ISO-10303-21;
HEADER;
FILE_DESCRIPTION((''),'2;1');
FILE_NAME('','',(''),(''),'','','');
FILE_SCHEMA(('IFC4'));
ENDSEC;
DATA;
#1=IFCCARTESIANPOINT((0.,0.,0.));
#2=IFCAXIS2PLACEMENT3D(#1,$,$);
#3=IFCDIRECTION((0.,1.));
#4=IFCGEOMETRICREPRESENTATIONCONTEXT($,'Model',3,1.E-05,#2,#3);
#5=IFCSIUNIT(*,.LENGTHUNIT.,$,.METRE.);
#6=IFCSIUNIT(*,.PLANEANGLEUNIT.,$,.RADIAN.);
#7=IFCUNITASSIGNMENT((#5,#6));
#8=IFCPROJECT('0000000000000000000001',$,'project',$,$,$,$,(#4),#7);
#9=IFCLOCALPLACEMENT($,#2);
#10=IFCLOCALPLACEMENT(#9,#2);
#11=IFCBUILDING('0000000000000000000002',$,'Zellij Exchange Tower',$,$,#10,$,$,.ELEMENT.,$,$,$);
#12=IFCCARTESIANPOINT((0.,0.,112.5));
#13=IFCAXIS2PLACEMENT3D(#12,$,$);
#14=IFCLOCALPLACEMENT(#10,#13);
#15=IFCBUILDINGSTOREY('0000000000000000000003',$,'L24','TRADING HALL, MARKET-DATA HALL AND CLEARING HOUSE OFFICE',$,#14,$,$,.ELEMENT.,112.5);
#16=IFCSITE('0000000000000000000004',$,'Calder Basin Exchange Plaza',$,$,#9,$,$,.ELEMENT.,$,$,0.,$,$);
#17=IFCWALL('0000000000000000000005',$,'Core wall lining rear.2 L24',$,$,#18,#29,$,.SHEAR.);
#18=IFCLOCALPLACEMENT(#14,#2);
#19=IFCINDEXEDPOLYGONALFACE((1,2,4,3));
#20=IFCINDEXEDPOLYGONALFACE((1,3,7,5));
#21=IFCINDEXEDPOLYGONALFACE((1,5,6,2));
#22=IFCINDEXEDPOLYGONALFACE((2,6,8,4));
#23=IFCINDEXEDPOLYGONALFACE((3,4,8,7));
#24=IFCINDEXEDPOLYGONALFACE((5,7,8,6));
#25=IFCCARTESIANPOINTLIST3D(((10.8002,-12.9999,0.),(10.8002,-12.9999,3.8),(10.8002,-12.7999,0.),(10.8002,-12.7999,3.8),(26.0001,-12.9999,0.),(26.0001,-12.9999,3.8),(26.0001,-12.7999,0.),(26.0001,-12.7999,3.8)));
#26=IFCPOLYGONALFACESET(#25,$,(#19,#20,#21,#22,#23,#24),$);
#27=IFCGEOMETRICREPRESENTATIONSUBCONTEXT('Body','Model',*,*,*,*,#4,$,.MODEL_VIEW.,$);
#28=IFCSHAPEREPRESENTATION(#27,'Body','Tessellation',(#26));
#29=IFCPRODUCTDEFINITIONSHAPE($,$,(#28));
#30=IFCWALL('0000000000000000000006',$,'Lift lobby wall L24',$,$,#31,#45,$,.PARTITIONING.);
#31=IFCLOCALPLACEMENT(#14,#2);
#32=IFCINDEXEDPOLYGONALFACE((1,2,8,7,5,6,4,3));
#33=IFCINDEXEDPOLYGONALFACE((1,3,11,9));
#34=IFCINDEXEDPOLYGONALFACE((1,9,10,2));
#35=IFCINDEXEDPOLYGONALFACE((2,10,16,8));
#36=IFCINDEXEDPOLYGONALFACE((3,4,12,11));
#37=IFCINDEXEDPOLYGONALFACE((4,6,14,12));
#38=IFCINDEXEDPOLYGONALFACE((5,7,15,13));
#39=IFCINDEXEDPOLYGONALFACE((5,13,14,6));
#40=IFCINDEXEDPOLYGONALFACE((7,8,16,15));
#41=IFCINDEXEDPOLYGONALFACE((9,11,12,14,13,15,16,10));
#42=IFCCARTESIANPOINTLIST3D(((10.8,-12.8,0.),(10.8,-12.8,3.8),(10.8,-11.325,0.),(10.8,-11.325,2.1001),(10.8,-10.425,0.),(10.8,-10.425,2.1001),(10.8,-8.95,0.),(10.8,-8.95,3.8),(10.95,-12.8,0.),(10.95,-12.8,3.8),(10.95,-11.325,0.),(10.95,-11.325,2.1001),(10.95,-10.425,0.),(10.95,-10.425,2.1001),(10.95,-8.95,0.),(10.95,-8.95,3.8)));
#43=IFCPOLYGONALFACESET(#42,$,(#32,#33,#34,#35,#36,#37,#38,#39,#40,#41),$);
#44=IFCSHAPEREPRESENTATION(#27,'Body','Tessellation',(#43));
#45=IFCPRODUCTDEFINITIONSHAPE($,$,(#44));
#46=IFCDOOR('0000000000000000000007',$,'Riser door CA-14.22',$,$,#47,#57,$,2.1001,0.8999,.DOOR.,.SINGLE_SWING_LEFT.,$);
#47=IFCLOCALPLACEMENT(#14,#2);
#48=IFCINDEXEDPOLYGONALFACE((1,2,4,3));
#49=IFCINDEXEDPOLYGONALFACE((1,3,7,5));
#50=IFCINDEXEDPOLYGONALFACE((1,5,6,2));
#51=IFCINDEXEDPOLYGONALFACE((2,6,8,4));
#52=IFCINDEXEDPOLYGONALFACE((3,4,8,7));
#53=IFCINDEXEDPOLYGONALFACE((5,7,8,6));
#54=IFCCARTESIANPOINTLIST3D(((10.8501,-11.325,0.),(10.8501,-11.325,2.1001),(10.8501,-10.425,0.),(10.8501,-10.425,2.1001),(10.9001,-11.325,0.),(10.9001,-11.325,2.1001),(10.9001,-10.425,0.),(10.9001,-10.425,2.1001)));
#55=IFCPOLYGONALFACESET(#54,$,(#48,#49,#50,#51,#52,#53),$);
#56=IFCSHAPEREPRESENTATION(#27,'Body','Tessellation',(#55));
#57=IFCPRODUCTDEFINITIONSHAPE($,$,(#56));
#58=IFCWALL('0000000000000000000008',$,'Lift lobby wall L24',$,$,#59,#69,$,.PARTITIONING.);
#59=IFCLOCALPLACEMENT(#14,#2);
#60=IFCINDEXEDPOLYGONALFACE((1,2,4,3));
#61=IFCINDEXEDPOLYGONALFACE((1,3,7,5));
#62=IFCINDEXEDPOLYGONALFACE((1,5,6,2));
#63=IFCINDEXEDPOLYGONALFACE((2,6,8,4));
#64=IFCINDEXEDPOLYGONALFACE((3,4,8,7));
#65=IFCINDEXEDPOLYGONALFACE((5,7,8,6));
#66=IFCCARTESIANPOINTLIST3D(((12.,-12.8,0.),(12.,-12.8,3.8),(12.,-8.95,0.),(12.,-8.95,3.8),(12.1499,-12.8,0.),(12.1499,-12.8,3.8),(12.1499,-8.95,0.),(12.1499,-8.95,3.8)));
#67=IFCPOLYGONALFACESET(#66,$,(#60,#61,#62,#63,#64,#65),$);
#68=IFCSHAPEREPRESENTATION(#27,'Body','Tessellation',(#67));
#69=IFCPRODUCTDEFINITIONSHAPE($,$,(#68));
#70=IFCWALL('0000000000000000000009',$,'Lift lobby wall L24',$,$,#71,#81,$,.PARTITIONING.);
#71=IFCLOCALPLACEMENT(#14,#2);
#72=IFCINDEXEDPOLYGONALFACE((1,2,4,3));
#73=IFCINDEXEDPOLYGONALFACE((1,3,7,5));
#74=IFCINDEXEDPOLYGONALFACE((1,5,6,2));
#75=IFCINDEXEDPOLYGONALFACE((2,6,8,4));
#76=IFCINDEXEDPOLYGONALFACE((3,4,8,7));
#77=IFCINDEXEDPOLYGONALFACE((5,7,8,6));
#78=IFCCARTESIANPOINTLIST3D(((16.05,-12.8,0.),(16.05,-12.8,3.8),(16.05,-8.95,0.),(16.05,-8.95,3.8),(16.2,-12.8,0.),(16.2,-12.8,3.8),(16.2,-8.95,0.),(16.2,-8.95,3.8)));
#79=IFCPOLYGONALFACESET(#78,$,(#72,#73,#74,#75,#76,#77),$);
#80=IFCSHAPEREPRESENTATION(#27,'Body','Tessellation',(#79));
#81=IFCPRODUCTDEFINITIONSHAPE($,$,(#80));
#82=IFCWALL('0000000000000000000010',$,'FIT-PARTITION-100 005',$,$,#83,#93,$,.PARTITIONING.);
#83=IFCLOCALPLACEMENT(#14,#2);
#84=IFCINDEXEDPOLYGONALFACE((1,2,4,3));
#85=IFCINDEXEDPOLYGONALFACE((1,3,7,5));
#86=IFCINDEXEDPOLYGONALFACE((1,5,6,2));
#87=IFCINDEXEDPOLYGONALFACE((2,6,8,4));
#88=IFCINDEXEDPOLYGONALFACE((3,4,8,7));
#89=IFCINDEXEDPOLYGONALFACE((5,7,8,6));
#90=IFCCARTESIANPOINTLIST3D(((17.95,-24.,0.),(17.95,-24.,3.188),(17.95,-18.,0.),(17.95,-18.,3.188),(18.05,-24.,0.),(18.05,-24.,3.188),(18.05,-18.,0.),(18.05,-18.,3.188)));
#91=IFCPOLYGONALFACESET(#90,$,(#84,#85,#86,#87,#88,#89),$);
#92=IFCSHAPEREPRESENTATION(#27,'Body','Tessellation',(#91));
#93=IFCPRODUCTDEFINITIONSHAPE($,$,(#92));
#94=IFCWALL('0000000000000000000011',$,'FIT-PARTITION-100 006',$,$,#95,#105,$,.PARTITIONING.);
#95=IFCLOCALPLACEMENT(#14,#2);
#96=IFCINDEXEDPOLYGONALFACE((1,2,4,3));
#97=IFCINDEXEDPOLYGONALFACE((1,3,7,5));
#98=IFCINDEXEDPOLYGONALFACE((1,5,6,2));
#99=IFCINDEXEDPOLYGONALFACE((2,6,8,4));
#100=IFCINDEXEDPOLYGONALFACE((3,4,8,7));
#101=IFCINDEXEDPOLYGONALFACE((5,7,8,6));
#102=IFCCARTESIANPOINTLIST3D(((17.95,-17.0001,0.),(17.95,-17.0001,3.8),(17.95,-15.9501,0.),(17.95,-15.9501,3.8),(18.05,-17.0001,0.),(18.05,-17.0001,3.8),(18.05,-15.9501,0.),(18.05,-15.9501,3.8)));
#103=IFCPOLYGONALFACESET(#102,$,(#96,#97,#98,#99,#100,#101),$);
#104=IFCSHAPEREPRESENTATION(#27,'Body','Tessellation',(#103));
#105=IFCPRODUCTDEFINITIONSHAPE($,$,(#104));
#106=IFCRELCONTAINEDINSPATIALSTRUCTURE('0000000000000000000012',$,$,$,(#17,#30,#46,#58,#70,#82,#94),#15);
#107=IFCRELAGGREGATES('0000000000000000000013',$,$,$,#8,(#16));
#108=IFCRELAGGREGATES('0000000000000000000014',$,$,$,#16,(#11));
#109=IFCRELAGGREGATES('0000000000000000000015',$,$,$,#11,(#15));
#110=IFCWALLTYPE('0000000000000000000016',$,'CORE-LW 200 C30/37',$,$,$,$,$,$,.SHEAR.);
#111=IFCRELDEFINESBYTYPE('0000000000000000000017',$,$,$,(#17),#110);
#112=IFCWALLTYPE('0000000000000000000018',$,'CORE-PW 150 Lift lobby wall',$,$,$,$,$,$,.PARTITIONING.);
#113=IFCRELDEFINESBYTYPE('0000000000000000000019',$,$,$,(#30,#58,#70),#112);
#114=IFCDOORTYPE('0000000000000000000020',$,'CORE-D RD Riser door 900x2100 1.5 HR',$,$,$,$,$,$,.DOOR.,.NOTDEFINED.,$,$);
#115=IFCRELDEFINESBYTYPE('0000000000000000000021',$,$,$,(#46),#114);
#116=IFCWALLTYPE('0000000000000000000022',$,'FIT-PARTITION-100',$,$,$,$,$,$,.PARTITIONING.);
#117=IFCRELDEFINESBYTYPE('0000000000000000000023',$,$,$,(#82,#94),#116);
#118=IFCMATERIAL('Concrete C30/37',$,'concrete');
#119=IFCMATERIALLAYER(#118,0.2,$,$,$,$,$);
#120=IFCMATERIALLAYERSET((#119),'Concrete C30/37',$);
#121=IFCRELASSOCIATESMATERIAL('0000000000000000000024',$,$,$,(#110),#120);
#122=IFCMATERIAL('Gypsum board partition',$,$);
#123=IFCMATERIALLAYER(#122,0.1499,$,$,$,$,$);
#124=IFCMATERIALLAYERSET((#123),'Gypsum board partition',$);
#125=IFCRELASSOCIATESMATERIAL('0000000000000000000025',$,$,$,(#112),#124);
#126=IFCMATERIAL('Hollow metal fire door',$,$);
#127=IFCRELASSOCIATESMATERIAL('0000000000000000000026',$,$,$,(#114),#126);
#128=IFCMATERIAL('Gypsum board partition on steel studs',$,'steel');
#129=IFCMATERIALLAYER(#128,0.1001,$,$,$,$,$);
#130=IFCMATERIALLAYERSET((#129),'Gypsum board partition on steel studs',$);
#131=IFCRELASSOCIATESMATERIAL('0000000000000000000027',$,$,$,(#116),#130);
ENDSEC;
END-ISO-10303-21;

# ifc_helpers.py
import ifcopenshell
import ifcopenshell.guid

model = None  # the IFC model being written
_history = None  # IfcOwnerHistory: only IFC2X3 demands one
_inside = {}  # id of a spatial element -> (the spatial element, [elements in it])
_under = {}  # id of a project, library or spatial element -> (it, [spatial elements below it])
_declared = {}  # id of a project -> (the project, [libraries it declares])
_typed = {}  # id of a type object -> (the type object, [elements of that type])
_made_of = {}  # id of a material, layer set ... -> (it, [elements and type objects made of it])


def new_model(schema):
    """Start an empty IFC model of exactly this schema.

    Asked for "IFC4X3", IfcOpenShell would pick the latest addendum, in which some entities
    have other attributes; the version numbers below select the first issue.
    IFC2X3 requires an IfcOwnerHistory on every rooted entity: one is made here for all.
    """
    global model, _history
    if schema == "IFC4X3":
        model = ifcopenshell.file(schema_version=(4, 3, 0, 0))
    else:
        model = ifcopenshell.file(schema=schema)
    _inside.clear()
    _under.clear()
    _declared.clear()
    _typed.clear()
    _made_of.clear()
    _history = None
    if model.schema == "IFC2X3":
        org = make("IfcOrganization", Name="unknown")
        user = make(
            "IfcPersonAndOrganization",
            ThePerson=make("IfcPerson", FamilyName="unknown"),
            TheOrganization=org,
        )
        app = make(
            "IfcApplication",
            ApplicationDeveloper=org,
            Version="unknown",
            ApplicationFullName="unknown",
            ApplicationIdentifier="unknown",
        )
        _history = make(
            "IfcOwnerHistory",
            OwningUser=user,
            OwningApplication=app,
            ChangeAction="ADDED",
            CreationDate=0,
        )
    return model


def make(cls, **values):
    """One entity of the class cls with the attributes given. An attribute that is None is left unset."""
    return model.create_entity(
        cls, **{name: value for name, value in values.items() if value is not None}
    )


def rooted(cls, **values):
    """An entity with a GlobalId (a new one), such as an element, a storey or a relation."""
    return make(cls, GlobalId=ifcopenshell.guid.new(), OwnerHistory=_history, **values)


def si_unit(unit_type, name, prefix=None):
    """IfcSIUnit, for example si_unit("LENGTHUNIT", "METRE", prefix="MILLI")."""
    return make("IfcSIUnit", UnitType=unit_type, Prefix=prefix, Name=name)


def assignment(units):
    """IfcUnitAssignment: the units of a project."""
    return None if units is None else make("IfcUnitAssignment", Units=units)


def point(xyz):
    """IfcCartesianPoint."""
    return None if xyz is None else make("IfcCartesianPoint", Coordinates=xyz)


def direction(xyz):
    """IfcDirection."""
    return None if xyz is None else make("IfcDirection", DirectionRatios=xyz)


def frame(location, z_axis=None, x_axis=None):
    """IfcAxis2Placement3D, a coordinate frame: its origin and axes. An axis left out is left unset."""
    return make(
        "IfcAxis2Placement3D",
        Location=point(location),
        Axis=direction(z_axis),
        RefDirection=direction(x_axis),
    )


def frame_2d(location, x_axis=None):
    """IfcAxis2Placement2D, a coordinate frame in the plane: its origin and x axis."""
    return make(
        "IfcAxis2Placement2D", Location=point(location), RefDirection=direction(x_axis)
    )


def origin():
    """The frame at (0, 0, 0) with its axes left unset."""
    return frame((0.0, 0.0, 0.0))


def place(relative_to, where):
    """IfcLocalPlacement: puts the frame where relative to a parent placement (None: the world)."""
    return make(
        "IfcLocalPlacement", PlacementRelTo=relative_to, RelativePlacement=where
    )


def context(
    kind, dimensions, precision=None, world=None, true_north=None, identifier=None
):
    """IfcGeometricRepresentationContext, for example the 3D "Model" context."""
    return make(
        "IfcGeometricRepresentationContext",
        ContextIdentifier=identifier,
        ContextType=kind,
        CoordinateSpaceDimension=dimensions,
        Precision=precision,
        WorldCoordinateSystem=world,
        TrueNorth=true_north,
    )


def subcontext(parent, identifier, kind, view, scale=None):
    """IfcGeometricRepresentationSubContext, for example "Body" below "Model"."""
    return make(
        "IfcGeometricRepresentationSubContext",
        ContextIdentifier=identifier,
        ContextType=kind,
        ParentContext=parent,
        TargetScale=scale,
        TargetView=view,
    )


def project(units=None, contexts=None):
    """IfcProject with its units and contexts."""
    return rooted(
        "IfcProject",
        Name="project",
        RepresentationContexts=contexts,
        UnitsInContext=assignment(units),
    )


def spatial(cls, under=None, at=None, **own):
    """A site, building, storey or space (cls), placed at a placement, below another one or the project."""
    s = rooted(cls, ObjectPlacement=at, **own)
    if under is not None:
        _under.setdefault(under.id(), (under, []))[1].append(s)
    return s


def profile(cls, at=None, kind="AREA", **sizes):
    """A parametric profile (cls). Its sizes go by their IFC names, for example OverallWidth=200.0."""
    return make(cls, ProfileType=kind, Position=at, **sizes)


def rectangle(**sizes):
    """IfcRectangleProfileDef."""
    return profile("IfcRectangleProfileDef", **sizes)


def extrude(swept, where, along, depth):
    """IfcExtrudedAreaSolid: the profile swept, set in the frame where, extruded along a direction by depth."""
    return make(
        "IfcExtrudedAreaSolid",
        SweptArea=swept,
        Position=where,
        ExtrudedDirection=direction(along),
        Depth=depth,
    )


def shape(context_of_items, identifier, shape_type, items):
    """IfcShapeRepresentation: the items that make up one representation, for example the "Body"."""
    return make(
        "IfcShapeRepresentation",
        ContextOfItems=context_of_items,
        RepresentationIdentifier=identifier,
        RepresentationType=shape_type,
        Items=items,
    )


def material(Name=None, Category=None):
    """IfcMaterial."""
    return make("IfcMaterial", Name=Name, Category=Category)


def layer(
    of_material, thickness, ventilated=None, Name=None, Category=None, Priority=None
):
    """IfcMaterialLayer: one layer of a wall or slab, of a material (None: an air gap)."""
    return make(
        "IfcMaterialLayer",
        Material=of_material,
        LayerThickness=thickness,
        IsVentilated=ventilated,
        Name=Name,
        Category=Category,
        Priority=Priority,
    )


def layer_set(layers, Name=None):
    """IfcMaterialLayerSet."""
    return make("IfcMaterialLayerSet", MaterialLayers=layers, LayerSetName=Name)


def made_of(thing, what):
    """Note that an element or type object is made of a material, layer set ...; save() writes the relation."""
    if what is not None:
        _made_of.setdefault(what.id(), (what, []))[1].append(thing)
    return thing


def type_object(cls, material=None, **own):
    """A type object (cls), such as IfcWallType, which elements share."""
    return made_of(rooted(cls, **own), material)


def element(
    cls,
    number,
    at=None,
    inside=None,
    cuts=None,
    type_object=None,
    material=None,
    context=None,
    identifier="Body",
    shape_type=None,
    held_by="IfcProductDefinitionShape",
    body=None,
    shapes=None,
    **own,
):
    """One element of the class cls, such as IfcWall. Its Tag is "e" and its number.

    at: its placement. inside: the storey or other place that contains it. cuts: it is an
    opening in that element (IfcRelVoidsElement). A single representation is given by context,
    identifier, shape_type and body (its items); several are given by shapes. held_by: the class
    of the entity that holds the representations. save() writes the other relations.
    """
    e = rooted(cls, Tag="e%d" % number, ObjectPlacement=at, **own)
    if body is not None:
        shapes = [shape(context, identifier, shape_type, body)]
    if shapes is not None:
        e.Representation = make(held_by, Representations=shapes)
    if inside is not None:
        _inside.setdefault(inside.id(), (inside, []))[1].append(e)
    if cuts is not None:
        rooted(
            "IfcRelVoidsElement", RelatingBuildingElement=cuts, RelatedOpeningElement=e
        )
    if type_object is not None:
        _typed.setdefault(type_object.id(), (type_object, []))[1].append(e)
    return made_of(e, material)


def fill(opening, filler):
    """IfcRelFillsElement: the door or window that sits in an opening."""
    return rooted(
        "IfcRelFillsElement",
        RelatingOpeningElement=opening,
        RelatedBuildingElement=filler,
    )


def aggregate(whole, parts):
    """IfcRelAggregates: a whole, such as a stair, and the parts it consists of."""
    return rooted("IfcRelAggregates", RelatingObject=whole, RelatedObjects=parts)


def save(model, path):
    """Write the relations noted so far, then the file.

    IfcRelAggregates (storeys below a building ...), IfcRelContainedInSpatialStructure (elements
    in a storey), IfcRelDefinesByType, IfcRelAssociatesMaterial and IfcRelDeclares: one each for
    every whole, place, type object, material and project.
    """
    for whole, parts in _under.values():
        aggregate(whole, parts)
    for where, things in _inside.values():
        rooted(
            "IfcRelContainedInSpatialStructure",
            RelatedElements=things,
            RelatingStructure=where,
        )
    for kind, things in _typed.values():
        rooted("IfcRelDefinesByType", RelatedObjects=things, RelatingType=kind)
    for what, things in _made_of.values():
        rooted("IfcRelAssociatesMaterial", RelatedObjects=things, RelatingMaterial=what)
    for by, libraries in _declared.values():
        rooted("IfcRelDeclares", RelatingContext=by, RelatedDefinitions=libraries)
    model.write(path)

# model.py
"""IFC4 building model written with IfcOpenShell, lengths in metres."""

from ifc_helpers import new_model, si_unit, direction, frame, frame_2d, origin, place, context, subcontext, project, spatial, rectangle, extrude, material, layer, layer_set, type_object, element, fill, save


model = new_model("IFC4")

# Units and contexts
model_context = context("Model", 3, precision=1e-05, world=origin(), true_north=direction((0.0, 1.0)))
body_context = subcontext(model_context, "Body", "Model", "MODEL_VIEW")
ifc_project = project(units=[si_unit("LENGTHUNIT", "METRE"), si_unit("PLANEANGLEUNIT", "RADIAN")], contexts=[model_context])

# Site, building, storey
site_placement = place(None, origin())
site = spatial("IfcSite", under=ifc_project, at=site_placement, Name="Calder Basin Exchange Plaza", CompositionType="ELEMENT", RefElevation=0.0)
building_placement = place(site_placement, origin())
building = spatial("IfcBuilding", under=site, at=building_placement, Name="Zellij Exchange Tower", CompositionType="ELEMENT")
storey_placement = place(building_placement, frame((0.0, 0.0, 112.5)))
storey = spatial("IfcBuildingStorey", under=building, at=storey_placement, Name="L24", Description="TRADING HALL, MARKET-DATA HALL AND CLEARING HOUSE OFFICE", CompositionType="ELEMENT", Elevation=112.5)

# Wall
ifc_material_1 = material(Name="Concrete C30/37", Category="concrete")
ifc_layer_1 = layer(ifc_material_1, 0.2)
ifc_layer_set_1 = layer_set([ifc_layer_1], Name="Concrete C30/37")
wall_type_1 = type_object("IfcWallType", Name="CORE-LW 200 C30/37", PredefinedType="SHEAR", material=ifc_layer_set_1)
wall_1_placement = place(storey_placement, frame((10.8, -12.8999, 0.0), z_axis=(0.0, 0.0, 1.0), x_axis=(1.0, 0.0, 0.0)))
element("IfcWall", 1, at=wall_1_placement, inside=storey, type_object=wall_type_1, Name="Core wall lining rear.2 L24", PredefinedType="SHEAR", context=body_context, shape_type="SweptSolid", body=[
    extrude(rectangle(XDim=15.2, YDim=0.2, at=frame_2d((7.6001, 0.0))), origin(), (0.0, 0.0, 1.0), 3.8),
])

# Wall, opening, door
ifc_material_2 = material(Name="Gypsum board partition")
ifc_layer_2 = layer(ifc_material_2, 0.1499)
ifc_layer_set_2 = layer_set([ifc_layer_2], Name="Gypsum board partition")
wall_type_2 = type_object("IfcWallType", Name="CORE-PW 150 Lift lobby wall", PredefinedType="PARTITIONING", material=ifc_layer_set_2)
wall_2_placement = place(storey_placement, frame((10.875, -12.8, 0.0), z_axis=(0.0, 0.0, 1.0), x_axis=(0.0, 1.0, 0.0)))
wall_2 = element("IfcWall", 2, at=wall_2_placement, inside=storey, type_object=wall_type_2, Name="Lift lobby wall L24", PredefinedType="PARTITIONING", context=body_context, shape_type="SweptSolid", body=[
    extrude(rectangle(XDim=3.8501, YDim=0.1499, at=frame_2d((1.925, 0.0))), origin(), (0.0, 0.0, 1.0), 3.8),
])
opening_placement = place(wall_2_placement, frame((1.4751, 0.0, 0.0)))
opening = element("IfcOpeningElement", 3, at=opening_placement, cuts=wall_2, PredefinedType="OPENING", context=body_context, shape_type="SweptSolid", body=[
    extrude(rectangle(XDim=0.8999, YDim=2.1001, at=frame_2d((0.45, 1.05))), frame((0.0, 0.0869, 0.0), z_axis=(0.0, -1.0, 0.0), x_axis=(1.0, 0.0, 0.0)), (0.0, 0.0, 1.0), 0.1738),
])
ifc_material_3 = material(Name="Hollow metal fire door")
door_type = type_object("IfcDoorType", Name="CORE-D RD Riser door 900x2100 1.5 HR", OperationType="NOTDEFINED", PredefinedType="DOOR", material=ifc_material_3)
door_placement = place(opening_placement, origin())
door = element("IfcDoor", 4, at=door_placement, inside=storey, type_object=door_type, Name="Riser door CA-14.22", OperationType="SINGLE_SWING_LEFT", OverallHeight=2.1001, OverallWidth=0.8999, PredefinedType="DOOR", context=body_context, shape_type="SweptSolid", body=[
    extrude(rectangle(XDim=0.8999, YDim=2.1001, at=frame_2d((0.45, 1.05))), frame((0.0, 0.0249, 0.0), z_axis=(0.0, -1.0, 0.0), x_axis=(1.0, 0.0, 0.0)), (0.0, 0.0, 1.0), 0.05),
])
fill(opening, door)

# Walls
for number, where, z_axis, x_axis, name in (
    (5, (12.075, -12.8, 0.0), (0.0, 0.0, 1.0), (0.0, 1.0, 0.0), "Lift lobby wall L24"),
    (6, (16.125, -12.8, 0.0), (0.0, 0.0, 1.0), (0.0, 1.0, 0.0), "Lift lobby wall L24"),
):
    element("IfcWall", number, at=place(storey_placement, frame(where, z_axis=z_axis, x_axis=x_axis)), inside=storey, type_object=wall_type_2, Name=name, PredefinedType="PARTITIONING", context=body_context, shape_type="SweptSolid", body=[
        extrude(rectangle(XDim=3.8501, YDim=0.1499, at=frame_2d((1.925, 0.0))), origin(), (0.0, 0.0, 1.0), 3.8),
    ])
ifc_material_4 = material(Name="Gypsum board partition on steel studs", Category="steel")
ifc_layer_3 = layer(ifc_material_4, 0.1001)
ifc_layer_set_3 = layer_set([ifc_layer_3], Name="Gypsum board partition on steel studs")
wall_type_3 = type_object("IfcWallType", Name="FIT-PARTITION-100", PredefinedType="PARTITIONING", material=ifc_layer_set_3)
wall_3_placement = place(storey_placement, frame((18.0, -24.0, 0.0), z_axis=(0.0, 0.0, 1.0), x_axis=(0.0, 1.0, 0.0)))
element("IfcWall", 7, at=wall_3_placement, inside=storey, type_object=wall_type_3, Name="FIT-PARTITION-100 005", PredefinedType="PARTITIONING", context=body_context, shape_type="SweptSolid", body=[
    extrude(rectangle(XDim=6.0, YDim=0.1001, at=frame_2d((3.0, 0.0))), origin(), (0.0, 0.0, 1.0), 3.188),
])
wall_4_placement = place(storey_placement, frame((18.0, -17.0, 0.0), z_axis=(0.0, 0.0, 1.0), x_axis=(0.0, 1.0, 0.0)))
element("IfcWall", 8, at=wall_4_placement, inside=storey, type_object=wall_type_3, Name="FIT-PARTITION-100 006", PredefinedType="PARTITIONING", context=body_context, shape_type="SweptSolid", body=[
    extrude(rectangle(XDim=1.05, YDim=0.1001, at=frame_2d((0.5249, 0.0))), origin(), (0.0, 0.0, 1.0), 3.8),
])

save(model, "model.ifc")
